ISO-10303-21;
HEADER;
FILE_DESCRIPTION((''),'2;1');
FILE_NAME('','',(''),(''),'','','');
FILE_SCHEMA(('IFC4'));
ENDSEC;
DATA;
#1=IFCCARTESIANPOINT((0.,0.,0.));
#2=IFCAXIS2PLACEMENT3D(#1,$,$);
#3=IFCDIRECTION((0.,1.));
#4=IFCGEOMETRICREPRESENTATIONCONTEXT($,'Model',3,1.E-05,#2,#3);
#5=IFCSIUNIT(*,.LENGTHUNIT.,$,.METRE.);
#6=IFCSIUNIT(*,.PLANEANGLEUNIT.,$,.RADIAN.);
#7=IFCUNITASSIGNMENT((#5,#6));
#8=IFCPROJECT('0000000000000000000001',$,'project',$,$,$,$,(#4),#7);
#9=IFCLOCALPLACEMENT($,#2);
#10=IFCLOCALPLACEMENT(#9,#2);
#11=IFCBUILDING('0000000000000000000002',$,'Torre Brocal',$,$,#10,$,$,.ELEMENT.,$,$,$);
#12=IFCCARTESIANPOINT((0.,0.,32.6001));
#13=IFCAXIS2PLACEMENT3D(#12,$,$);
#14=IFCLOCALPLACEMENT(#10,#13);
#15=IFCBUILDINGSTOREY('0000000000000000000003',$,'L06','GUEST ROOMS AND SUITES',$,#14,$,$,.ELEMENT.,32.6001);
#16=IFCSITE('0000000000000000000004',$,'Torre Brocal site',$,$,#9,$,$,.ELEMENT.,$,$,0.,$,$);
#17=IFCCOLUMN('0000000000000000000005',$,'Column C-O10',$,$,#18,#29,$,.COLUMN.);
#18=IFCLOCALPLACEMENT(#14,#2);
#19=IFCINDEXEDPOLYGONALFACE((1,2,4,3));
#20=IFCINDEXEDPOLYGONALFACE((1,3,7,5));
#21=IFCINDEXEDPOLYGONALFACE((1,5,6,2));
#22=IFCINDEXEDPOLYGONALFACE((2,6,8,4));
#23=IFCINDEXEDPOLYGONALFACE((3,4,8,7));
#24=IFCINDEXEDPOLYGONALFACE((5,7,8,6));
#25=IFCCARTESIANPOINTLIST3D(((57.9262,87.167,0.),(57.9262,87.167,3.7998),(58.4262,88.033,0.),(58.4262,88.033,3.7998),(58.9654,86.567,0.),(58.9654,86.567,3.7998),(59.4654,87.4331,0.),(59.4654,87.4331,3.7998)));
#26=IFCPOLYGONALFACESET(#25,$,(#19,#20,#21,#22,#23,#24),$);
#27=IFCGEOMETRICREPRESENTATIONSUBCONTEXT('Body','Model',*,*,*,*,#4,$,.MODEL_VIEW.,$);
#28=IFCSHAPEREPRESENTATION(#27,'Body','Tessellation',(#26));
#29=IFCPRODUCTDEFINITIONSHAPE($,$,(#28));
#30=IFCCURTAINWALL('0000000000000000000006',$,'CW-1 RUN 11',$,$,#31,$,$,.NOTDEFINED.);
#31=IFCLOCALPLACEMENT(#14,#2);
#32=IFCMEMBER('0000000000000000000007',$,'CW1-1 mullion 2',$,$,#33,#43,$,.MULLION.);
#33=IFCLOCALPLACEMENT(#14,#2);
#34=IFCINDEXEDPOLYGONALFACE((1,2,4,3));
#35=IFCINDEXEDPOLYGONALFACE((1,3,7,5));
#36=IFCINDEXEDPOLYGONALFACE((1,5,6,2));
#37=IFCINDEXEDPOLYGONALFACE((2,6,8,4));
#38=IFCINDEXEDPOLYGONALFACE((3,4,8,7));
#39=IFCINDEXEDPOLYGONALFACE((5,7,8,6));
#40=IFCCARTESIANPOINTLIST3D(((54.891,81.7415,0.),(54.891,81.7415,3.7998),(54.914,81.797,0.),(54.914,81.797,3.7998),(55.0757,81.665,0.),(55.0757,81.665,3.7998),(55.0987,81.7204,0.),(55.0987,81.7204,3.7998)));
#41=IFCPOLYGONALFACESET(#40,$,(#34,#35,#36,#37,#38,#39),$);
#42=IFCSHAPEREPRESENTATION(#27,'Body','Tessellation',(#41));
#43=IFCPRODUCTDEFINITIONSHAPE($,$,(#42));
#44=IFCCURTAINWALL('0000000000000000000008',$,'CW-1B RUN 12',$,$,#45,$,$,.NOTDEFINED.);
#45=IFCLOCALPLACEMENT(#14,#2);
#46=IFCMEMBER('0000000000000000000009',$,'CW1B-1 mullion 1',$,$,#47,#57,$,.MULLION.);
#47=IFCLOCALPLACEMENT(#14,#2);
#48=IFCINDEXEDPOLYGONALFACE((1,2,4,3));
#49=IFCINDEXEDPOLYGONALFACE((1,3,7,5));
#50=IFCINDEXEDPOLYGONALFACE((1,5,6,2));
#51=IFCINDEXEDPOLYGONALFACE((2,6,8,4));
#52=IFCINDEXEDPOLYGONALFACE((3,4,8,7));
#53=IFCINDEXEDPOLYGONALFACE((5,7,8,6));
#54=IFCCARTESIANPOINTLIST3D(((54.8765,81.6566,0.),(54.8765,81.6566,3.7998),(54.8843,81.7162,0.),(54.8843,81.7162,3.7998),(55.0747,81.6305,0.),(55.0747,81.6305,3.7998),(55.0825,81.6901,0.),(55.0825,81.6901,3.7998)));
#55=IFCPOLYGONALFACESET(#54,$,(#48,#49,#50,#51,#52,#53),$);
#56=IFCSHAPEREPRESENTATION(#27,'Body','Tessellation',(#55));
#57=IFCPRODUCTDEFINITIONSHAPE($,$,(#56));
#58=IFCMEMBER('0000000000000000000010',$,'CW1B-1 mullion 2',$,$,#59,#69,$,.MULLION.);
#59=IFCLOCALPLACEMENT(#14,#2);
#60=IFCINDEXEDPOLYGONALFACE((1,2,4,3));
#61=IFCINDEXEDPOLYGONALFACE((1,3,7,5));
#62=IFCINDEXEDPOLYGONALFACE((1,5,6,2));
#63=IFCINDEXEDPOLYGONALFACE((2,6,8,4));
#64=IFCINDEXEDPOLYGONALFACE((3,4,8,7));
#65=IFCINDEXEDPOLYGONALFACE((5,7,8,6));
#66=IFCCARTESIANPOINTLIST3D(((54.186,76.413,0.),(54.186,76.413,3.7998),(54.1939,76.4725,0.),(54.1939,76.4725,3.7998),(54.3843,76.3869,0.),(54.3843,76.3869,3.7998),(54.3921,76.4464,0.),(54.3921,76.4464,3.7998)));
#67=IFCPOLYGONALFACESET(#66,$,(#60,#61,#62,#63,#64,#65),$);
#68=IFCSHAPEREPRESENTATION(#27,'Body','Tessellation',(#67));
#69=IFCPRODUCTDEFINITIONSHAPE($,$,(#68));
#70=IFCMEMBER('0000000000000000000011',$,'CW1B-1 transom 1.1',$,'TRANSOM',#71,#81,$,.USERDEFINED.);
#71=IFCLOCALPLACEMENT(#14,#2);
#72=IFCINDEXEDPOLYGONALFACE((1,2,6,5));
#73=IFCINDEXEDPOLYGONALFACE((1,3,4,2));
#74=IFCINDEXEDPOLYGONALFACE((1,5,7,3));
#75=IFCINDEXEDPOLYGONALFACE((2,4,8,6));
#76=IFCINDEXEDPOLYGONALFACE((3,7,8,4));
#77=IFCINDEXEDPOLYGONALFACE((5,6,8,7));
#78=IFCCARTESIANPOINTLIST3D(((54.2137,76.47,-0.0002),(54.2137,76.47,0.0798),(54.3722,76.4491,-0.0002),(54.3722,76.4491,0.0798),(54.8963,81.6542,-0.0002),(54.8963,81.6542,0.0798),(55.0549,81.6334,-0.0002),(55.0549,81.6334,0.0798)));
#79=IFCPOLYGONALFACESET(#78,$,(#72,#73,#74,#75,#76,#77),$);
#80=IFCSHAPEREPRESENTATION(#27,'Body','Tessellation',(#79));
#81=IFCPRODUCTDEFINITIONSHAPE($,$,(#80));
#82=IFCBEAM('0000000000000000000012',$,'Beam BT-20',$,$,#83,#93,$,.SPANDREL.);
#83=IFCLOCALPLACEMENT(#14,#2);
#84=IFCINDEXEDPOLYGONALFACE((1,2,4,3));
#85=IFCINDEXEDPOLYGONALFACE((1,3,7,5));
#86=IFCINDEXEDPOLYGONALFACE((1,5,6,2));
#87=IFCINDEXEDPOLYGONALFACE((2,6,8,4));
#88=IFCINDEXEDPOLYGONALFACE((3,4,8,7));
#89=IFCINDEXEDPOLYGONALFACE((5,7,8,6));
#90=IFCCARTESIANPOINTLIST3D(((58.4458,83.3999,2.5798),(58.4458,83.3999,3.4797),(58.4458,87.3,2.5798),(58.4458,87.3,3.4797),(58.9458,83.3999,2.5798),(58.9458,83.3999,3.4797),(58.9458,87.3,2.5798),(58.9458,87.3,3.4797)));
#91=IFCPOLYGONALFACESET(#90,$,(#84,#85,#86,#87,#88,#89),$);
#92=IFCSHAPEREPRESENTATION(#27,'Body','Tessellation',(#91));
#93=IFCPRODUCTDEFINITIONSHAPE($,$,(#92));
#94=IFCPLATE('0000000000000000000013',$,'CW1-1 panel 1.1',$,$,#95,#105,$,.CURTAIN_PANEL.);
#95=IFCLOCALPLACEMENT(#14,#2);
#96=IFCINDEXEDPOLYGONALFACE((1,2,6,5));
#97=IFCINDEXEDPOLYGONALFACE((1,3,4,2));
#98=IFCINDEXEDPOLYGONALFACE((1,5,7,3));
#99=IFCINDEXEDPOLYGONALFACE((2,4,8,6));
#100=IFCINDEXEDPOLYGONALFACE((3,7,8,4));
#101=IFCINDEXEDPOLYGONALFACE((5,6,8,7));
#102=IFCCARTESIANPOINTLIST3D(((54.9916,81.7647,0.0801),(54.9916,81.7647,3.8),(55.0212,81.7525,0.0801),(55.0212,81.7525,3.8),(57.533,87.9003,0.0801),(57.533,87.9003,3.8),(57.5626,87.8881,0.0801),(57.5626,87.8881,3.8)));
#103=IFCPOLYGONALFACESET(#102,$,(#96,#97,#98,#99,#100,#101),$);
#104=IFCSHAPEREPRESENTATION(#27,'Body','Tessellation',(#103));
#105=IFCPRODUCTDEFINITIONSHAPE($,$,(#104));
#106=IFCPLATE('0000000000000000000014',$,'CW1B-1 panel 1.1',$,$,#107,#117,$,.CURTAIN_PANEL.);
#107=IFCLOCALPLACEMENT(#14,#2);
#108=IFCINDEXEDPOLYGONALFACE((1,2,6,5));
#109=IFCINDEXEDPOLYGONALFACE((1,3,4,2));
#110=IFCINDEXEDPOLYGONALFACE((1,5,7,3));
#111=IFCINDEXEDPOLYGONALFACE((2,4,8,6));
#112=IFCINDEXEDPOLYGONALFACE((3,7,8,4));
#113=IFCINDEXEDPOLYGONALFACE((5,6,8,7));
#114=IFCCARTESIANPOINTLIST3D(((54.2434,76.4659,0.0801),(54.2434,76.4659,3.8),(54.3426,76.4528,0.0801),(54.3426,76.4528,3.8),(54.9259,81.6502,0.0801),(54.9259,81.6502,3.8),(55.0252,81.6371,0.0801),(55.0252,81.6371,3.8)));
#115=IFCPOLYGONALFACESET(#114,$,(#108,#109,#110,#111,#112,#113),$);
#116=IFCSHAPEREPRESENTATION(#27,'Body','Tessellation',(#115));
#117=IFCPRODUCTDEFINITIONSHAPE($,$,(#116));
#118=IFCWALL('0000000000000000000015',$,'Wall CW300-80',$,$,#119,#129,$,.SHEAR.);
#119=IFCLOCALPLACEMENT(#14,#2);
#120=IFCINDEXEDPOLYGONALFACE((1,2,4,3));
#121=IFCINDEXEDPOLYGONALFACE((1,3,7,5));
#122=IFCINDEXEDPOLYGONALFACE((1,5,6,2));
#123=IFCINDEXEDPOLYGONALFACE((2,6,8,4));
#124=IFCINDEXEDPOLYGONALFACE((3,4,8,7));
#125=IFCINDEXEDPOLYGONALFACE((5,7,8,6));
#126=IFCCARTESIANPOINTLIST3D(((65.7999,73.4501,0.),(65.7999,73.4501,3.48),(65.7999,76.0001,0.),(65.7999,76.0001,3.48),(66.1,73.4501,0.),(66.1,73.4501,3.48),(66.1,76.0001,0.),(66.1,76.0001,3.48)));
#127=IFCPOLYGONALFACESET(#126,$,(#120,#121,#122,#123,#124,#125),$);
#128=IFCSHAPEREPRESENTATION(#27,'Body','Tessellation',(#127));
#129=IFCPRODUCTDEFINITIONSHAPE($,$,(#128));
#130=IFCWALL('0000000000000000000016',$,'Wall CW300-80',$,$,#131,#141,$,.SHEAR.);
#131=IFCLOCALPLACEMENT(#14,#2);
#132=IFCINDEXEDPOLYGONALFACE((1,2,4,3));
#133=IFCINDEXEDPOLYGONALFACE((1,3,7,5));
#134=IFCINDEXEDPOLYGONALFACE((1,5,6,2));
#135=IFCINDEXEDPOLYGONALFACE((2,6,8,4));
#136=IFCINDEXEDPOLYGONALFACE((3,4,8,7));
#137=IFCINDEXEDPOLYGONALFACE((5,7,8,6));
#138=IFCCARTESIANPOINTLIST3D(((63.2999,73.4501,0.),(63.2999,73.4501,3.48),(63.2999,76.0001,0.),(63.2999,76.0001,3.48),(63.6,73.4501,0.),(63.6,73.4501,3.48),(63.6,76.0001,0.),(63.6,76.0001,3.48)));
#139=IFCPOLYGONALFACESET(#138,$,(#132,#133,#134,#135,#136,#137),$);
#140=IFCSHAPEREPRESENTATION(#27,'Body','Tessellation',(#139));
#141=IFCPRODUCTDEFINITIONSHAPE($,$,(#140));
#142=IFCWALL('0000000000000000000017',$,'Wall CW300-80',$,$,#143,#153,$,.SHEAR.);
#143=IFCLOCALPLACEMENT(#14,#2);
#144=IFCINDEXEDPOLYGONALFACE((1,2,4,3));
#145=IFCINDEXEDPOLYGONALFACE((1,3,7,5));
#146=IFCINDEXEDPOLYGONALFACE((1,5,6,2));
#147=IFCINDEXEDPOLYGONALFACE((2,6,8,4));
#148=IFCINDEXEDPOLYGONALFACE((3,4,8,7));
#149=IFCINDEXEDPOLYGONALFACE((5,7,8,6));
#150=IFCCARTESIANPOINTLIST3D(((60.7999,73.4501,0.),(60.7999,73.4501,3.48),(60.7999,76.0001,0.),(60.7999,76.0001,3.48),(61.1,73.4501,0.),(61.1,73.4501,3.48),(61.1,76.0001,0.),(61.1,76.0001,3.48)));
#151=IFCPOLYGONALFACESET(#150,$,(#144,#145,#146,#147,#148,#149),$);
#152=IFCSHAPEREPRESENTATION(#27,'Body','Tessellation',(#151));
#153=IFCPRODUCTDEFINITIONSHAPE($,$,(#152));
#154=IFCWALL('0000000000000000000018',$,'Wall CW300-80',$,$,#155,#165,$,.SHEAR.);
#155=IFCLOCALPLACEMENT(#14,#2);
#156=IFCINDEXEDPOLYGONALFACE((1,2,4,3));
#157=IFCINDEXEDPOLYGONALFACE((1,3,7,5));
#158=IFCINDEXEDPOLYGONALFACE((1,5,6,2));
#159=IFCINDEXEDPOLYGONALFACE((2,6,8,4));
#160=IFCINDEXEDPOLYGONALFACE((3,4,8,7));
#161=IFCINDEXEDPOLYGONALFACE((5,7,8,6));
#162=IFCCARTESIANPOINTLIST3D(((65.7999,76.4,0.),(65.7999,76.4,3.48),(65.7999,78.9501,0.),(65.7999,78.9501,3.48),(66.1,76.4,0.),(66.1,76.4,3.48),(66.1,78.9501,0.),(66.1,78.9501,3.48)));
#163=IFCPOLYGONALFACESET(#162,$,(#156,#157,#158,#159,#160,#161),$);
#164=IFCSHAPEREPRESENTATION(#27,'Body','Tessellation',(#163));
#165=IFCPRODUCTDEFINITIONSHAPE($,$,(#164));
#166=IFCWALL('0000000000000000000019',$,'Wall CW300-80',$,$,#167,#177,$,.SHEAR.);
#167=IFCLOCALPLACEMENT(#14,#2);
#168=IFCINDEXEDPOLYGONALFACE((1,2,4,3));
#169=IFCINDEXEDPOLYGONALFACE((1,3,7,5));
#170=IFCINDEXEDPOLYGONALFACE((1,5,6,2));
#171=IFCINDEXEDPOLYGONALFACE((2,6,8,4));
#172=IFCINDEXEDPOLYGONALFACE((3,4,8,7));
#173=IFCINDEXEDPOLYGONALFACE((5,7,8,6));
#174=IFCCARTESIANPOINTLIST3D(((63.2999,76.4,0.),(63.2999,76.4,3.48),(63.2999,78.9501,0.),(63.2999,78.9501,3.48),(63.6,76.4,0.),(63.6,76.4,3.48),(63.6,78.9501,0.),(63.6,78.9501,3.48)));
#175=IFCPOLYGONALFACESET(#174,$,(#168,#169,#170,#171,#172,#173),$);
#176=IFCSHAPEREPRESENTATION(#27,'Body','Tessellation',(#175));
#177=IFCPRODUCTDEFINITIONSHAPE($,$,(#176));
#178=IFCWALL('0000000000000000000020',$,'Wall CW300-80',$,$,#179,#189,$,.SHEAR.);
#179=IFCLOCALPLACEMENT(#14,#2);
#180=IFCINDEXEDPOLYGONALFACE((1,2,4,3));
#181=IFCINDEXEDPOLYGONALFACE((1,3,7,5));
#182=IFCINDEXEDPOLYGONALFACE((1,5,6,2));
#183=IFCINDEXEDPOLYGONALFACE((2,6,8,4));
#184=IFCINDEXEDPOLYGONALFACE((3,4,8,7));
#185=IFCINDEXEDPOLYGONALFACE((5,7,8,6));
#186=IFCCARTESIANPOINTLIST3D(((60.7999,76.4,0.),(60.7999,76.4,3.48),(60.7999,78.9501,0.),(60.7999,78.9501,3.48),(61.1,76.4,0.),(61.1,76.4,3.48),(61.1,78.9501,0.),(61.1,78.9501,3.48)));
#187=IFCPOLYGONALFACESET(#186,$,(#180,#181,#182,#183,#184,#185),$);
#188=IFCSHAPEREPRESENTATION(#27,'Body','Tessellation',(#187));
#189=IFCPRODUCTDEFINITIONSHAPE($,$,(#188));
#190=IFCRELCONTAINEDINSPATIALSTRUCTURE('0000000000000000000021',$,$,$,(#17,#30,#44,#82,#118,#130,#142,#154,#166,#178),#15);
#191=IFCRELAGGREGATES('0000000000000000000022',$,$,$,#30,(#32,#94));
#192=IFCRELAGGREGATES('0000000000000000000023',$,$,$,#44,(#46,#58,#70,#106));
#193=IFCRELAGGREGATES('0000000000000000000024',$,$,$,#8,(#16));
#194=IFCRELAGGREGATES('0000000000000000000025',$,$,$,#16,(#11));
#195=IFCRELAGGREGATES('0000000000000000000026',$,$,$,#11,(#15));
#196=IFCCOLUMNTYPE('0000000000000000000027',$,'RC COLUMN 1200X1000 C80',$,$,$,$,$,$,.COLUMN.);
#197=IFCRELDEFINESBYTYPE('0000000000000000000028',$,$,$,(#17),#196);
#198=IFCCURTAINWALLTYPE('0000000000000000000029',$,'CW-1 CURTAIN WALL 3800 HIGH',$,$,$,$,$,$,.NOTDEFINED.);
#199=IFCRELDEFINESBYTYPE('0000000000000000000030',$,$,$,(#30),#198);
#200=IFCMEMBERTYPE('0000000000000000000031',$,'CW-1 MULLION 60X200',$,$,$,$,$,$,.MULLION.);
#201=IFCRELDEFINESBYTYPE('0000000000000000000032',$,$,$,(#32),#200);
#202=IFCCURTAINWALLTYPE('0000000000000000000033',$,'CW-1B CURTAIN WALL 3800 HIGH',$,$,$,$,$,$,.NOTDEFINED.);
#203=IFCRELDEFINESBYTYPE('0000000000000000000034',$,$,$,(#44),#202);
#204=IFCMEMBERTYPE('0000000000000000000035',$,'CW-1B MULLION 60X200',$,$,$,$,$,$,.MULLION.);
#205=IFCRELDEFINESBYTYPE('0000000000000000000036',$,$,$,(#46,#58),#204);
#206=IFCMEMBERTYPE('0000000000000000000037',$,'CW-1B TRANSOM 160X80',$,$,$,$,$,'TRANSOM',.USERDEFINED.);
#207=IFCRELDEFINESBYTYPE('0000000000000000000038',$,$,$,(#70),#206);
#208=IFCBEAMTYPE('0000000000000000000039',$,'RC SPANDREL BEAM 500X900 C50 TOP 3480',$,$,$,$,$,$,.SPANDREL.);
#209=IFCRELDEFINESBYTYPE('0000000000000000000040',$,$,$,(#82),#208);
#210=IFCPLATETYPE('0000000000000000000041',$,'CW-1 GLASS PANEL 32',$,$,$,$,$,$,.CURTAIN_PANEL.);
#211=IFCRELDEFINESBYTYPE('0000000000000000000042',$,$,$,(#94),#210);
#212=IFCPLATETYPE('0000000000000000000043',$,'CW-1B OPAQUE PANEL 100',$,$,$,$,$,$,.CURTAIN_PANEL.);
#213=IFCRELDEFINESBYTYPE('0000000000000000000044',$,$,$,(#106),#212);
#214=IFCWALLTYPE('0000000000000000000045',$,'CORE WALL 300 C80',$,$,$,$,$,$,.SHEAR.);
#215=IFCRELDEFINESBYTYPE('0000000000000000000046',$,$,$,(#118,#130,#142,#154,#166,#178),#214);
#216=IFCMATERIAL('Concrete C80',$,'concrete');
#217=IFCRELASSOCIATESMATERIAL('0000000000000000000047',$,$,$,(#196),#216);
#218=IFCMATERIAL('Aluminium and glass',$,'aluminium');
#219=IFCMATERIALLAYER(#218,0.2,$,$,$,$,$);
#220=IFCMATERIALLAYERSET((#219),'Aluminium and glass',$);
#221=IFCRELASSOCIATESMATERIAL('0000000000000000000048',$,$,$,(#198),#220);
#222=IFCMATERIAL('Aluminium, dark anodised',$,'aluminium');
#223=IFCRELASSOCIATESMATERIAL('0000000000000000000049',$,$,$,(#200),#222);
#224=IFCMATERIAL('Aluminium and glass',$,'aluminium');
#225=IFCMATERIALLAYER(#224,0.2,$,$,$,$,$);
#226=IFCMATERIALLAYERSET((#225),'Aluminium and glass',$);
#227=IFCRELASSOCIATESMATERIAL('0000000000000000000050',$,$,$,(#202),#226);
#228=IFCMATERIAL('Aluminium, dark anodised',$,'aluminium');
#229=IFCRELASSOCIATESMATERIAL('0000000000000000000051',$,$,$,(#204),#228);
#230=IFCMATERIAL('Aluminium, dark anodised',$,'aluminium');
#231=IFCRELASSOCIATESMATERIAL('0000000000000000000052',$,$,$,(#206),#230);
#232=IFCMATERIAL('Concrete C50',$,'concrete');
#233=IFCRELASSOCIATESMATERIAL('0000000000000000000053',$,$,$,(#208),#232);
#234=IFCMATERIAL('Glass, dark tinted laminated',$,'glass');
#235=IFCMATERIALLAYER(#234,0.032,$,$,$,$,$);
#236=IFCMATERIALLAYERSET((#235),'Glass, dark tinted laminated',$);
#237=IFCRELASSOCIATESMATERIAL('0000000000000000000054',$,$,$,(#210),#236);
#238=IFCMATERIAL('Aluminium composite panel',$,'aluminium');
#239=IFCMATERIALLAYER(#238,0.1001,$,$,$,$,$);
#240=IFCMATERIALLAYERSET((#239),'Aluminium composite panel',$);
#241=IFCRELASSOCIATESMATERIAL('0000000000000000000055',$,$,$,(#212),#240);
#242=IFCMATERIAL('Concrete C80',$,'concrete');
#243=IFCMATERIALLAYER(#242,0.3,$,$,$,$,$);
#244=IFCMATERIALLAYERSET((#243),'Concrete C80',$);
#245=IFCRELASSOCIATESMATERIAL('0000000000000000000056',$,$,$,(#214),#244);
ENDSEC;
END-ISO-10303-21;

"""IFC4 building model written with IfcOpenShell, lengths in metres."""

from ifc_helpers import new_model, si_unit, direction, frame, frame_2d, origin, origin_2d, place, context, subcontext, project, spatial, rectangle, extrude, material, layer, layer_set, material_profile, profile_set, type_object, element, aggregate, save


model = new_model("IFC4")

# Units and contexts
model_context = context("Model", 3, precision=1e-05, world=origin(), true_north=direction((0.0, 1.0)))
body_context = subcontext(model_context, "Body", "Model", "MODEL_VIEW")
ifc_project = project(units=[si_unit("LENGTHUNIT", "METRE"), si_unit("PLANEANGLEUNIT", "RADIAN")], contexts=[model_context])

# Site, building, storey
site_placement = place(None, origin())
site = spatial("IfcSite", under=ifc_project, at=site_placement, Name="Torre Brocal site", CompositionType="ELEMENT", RefElevation=0.0)
building_placement = place(site_placement, origin())
building = spatial("IfcBuilding", under=site, at=building_placement, Name="Torre Brocal", CompositionType="ELEMENT")
storey_placement = place(building_placement, frame((0.0, 0.0, 32.6001)))
storey = spatial("IfcBuildingStorey", under=building, at=storey_placement, Name="L06", Description="GUEST ROOMS AND SUITES", CompositionType="ELEMENT", Elevation=32.6001)

# Column
ifc_material_1 = material(Name="Concrete C80", Category="concrete")
ifc_material_profile_1 = material_profile(ifc_material_1, rectangle(XDim=1.2, YDim=1.0, at=origin_2d()), Name="RC 1200X1000")
ifc_profile_set_1 = profile_set([ifc_material_profile_1], Name="Concrete C80")
column_type = type_object("IfcColumnType", Name="RC COLUMN 1200X1000 C80", PredefinedType="COLUMN", material=ifc_profile_set_1)
column_placement = place(storey_placement, frame((58.6958, 87.3, 0.0), z_axis=(0.0, 0.0, 1.0), x_axis=(-0.866025, 0.5, 0.0)))
element("IfcColumn", 1, at=column_placement, inside=storey, type_object=column_type, Name="Column C-O10", PredefinedType="COLUMN", context=body_context, shape_type="SweptSolid", body=[
    extrude(rectangle(XDim=1.2, YDim=1.0, at=origin_2d()), origin(), (0.0, 0.0, 1.0), 3.7998),
])

# Curtain wall, member
ifc_material_2 = material(Name="Aluminium and glass", Category="aluminium")
ifc_layer_1 = layer(ifc_material_2, 0.2)
ifc_layer_set_1 = layer_set([ifc_layer_1], Name="Aluminium and glass")
curtain_wall_type_1 = type_object("IfcCurtainWallType", Name="CW-1 CURTAIN WALL 3800 HIGH", PredefinedType="NOTDEFINED", material=ifc_layer_set_1)
curtain_wall_1_placement = place(storey_placement, origin())
curtain_wall_1 = element("IfcCurtainWall", 2, at=curtain_wall_1_placement, inside=storey, type_object=curtain_wall_type_1, Name="CW-1 RUN 11", PredefinedType="NOTDEFINED")
ifc_material_3 = material(Name="Aluminium, dark anodised", Category="aluminium")
ifc_material_profile_2 = material_profile(ifc_material_3, rectangle(XDim=0.2, YDim=0.0601, at=origin_2d()), Name="CW-1 MULLION 60X200")
ifc_profile_set_2 = profile_set([ifc_material_profile_2], Name="Aluminium, dark anodised")
member_type_1 = type_object("IfcMemberType", Name="CW-1 MULLION 60X200", PredefinedType="MULLION", material=ifc_profile_set_2)
member_1_placement = place(storey_placement, frame((54.9949, 81.731, 0.0), z_axis=(0.0, 0.0, 1.0), x_axis=(0.92388, -0.382683, 0.0)))
member_1 = element("IfcMember", 3, at=member_1_placement, type_object=member_type_1, Name="CW1-1 mullion 2", PredefinedType="MULLION", context=body_context, shape_type="SweptSolid", body=[
    extrude(rectangle(XDim=0.2, YDim=0.0601, at=origin_2d()), origin(), (0.0, 0.0, 1.0), 3.7998),
])

# Curtain wall, members
ifc_material_4 = material(Name="Aluminium and glass", Category="aluminium")
ifc_layer_2 = layer(ifc_material_4, 0.2)
ifc_layer_set_2 = layer_set([ifc_layer_2], Name="Aluminium and glass")
curtain_wall_type_2 = type_object("IfcCurtainWallType", Name="CW-1B CURTAIN WALL 3800 HIGH", PredefinedType="NOTDEFINED", material=ifc_layer_set_2)
curtain_wall_2_placement = place(storey_placement, origin())
curtain_wall_2 = element("IfcCurtainWall", 4, at=curtain_wall_2_placement, inside=storey, type_object=curtain_wall_type_2, Name="CW-1B RUN 12", PredefinedType="NOTDEFINED")
ifc_material_5 = material(Name="Aluminium, dark anodised", Category="aluminium")
ifc_material_profile_3 = material_profile(ifc_material_5, rectangle(XDim=0.2, YDim=0.0601, at=origin_2d()), Name="CW-1B MULLION 60X200")
ifc_profile_set_3 = profile_set([ifc_material_profile_3], Name="Aluminium, dark anodised")
member_type_2 = type_object("IfcMemberType", Name="CW-1B MULLION 60X200", PredefinedType="MULLION", material=ifc_profile_set_3)
member_2_placement = place(storey_placement, frame((54.9795, 81.6733, 0.0), z_axis=(0.0, 0.0, 1.0), x_axis=(0.991445, -0.130526, 0.0)))
member_2 = element("IfcMember", 5, at=member_2_placement, type_object=member_type_2, Name="CW1B-1 mullion 1", PredefinedType="MULLION", context=body_context, shape_type="SweptSolid", body=[
    extrude(rectangle(XDim=0.2, YDim=0.0601, at=origin_2d()), origin(), (0.0, 0.0, 1.0), 3.7998),
])
member_3_placement = place(storey_placement, frame((54.2891, 76.4297, 0.0), z_axis=(0.0, 0.0, 1.0), x_axis=(0.991445, -0.130526, 0.0)))
member_3 = element("IfcMember", 6, at=member_3_placement, type_object=member_type_2, Name="CW1B-1 mullion 2", PredefinedType="MULLION", context=body_context, shape_type="SweptSolid", body=[
    extrude(rectangle(XDim=0.2, YDim=0.0601, at=origin_2d()), origin(), (0.0, 0.0, 1.0), 3.7998),
])
ifc_material_6 = material(Name="Aluminium, dark anodised", Category="aluminium")
ifc_material_profile_4 = material_profile(ifc_material_6, rectangle(XDim=0.1599, YDim=0.0801, at=origin_2d()), Name="CW-1B TRANSOM 160X80")
ifc_profile_set_4 = profile_set([ifc_material_profile_4], Name="Aluminium, dark anodised")
member_type_3 = type_object("IfcMemberType", Name="CW-1B TRANSOM 160X80", ElementType="TRANSOM", PredefinedType="USERDEFINED", material=ifc_profile_set_4)
member_4_placement = place(storey_placement, frame((54.9756, 81.6438, 0.0398), z_axis=(-0.130543, -0.991443, 0.0), x_axis=(0.991443, -0.130543, 0.0)))
member_4 = element("IfcMember", 7, at=member_4_placement, type_object=member_type_3, Name="CW1B-1 transom 1.1", ObjectType="TRANSOM", PredefinedType="USERDEFINED", context=body_context, shape_type="SweptSolid", body=[
    extrude(rectangle(XDim=0.1599, YDim=0.0801, at=origin_2d()), origin(), (0.0, 0.0, 1.0), 5.229),
])

# Beam
ifc_material_7 = material(Name="Concrete C50", Category="concrete")
ifc_material_profile_5 = material_profile(ifc_material_7, rectangle(XDim=0.5, YDim=0.8999, at=origin_2d()), Name="RC 500X900")
ifc_profile_set_5 = profile_set([ifc_material_profile_5], Name="Concrete C50")
beam_type = type_object("IfcBeamType", Name="RC SPANDREL BEAM 500X900 C50 TOP 3480", PredefinedType="SPANDREL", material=ifc_profile_set_5)
beam_placement = place(storey_placement, frame((58.6958, 87.3, 3.0298), z_axis=(0.0, -1.0, 0.0), x_axis=(1.0, 0.0, 0.0)))
element("IfcBeam", 8, at=beam_placement, inside=storey, type_object=beam_type, Name="Beam BT-20", PredefinedType="SPANDREL", context=body_context, shape_type="SweptSolid", body=[
    extrude(rectangle(XDim=0.5, YDim=0.8999, at=origin_2d()), origin(), (0.0, 0.0, 1.0), 3.9001),
])

# Plates
ifc_material_8 = material(Name="Glass, dark tinted laminated", Category="glass")
ifc_layer_3 = layer(ifc_material_8, 0.032)
ifc_layer_set_3 = layer_set([ifc_layer_3], Name="Glass, dark tinted laminated")
plate_type_1 = type_object("IfcPlateType", Name="CW-1 GLASS PANEL 32", PredefinedType="CURTAIN_PANEL", material=ifc_layer_set_3)
plate_1_placement = place(storey_placement, frame((56.2771, 84.8264, 0.0801), z_axis=(0.0, 0.0, 1.0), x_axis=(-0.382683, -0.92388, 0.0)))
plate_1 = element("IfcPlate", 9, at=plate_1_placement, type_object=plate_type_1, Name="CW1-1 panel 1.1", PredefinedType="CURTAIN_PANEL", context=body_context, shape_type="SweptSolid", body=[
    extrude(rectangle(XDim=6.6411, YDim=0.032, at=origin_2d()), origin(), (0.0, 0.0, 1.0), 3.72),
])
aggregate(curtain_wall_1, [member_1, plate_1])
ifc_material_9 = material(Name="Aluminium composite panel", Category="aluminium")
ifc_layer_4 = layer(ifc_material_9, 0.1001)
ifc_layer_set_4 = layer_set([ifc_layer_4], Name="Aluminium composite panel")
plate_type_2 = type_object("IfcPlateType", Name="CW-1B OPAQUE PANEL 100", PredefinedType="CURTAIN_PANEL", material=ifc_layer_set_4)
plate_2_placement = place(storey_placement, frame((54.6343, 79.0515, 0.0801), z_axis=(0.0, 0.0, 1.0), x_axis=(-0.130526, -0.991445, 0.0)))
plate_2 = element("IfcPlate", 10, at=plate_2_placement, type_object=plate_type_2, Name="CW1B-1 panel 1.1", PredefinedType="CURTAIN_PANEL", context=body_context, shape_type="SweptSolid", body=[
    extrude(rectangle(XDim=5.229, YDim=0.1001, at=origin_2d()), origin(), (0.0, 0.0, 1.0), 3.72),
])
aggregate(curtain_wall_2, [member_2, member_3, member_4, plate_2])

# Walls
ifc_material_10 = material(Name="Concrete C80", Category="concrete")
ifc_layer_5 = layer(ifc_material_10, 0.3)
ifc_layer_set_5 = layer_set([ifc_layer_5], Name="Concrete C80")
wall_type_1 = type_object("IfcWallType", Name="CORE WALL 300 C80", PredefinedType="SHEAR", material=ifc_layer_set_5)
for number, where, z_axis, x_axis, name in (
    (11, (65.95, 76.0, 0.0), (0.0, 0.0, 1.0), (0.0, -1.0, 0.0), "Wall CW300-80"),
    (12, (63.45, 76.0, 0.0), (0.0, 0.0, 1.0), (0.0, -1.0, 0.0), "Wall CW300-80"),
    (13, (60.95, 76.0, 0.0), (0.0, 0.0, 1.0), (0.0, -1.0, 0.0), "Wall CW300-80"),
    (14, (65.95, 78.95, 0.0), (0.0, 0.0, 1.0), (0.0, -1.0, 0.0), "Wall CW300-80"),
    (15, (63.45, 78.95, 0.0), (0.0, 0.0, 1.0), (0.0, -1.0, 0.0), "Wall CW300-80"),
    (16, (60.95, 78.95, 0.0), (0.0, 0.0, 1.0), (0.0, -1.0, 0.0), "Wall CW300-80"),
):
    element("IfcWall", number, at=place(storey_placement, frame(where, z_axis=z_axis, x_axis=x_axis)), inside=storey, type_object=wall_type_1, Name=name, PredefinedType="SHEAR", context=body_context, shape_type="SweptSolid", body=[
        extrude(rectangle(XDim=2.55, YDim=0.3, at=frame_2d((1.2749, 0.0))), origin(), (0.0, 0.0, 1.0), 3.48),
    ])

save(model, "model.ifc")
